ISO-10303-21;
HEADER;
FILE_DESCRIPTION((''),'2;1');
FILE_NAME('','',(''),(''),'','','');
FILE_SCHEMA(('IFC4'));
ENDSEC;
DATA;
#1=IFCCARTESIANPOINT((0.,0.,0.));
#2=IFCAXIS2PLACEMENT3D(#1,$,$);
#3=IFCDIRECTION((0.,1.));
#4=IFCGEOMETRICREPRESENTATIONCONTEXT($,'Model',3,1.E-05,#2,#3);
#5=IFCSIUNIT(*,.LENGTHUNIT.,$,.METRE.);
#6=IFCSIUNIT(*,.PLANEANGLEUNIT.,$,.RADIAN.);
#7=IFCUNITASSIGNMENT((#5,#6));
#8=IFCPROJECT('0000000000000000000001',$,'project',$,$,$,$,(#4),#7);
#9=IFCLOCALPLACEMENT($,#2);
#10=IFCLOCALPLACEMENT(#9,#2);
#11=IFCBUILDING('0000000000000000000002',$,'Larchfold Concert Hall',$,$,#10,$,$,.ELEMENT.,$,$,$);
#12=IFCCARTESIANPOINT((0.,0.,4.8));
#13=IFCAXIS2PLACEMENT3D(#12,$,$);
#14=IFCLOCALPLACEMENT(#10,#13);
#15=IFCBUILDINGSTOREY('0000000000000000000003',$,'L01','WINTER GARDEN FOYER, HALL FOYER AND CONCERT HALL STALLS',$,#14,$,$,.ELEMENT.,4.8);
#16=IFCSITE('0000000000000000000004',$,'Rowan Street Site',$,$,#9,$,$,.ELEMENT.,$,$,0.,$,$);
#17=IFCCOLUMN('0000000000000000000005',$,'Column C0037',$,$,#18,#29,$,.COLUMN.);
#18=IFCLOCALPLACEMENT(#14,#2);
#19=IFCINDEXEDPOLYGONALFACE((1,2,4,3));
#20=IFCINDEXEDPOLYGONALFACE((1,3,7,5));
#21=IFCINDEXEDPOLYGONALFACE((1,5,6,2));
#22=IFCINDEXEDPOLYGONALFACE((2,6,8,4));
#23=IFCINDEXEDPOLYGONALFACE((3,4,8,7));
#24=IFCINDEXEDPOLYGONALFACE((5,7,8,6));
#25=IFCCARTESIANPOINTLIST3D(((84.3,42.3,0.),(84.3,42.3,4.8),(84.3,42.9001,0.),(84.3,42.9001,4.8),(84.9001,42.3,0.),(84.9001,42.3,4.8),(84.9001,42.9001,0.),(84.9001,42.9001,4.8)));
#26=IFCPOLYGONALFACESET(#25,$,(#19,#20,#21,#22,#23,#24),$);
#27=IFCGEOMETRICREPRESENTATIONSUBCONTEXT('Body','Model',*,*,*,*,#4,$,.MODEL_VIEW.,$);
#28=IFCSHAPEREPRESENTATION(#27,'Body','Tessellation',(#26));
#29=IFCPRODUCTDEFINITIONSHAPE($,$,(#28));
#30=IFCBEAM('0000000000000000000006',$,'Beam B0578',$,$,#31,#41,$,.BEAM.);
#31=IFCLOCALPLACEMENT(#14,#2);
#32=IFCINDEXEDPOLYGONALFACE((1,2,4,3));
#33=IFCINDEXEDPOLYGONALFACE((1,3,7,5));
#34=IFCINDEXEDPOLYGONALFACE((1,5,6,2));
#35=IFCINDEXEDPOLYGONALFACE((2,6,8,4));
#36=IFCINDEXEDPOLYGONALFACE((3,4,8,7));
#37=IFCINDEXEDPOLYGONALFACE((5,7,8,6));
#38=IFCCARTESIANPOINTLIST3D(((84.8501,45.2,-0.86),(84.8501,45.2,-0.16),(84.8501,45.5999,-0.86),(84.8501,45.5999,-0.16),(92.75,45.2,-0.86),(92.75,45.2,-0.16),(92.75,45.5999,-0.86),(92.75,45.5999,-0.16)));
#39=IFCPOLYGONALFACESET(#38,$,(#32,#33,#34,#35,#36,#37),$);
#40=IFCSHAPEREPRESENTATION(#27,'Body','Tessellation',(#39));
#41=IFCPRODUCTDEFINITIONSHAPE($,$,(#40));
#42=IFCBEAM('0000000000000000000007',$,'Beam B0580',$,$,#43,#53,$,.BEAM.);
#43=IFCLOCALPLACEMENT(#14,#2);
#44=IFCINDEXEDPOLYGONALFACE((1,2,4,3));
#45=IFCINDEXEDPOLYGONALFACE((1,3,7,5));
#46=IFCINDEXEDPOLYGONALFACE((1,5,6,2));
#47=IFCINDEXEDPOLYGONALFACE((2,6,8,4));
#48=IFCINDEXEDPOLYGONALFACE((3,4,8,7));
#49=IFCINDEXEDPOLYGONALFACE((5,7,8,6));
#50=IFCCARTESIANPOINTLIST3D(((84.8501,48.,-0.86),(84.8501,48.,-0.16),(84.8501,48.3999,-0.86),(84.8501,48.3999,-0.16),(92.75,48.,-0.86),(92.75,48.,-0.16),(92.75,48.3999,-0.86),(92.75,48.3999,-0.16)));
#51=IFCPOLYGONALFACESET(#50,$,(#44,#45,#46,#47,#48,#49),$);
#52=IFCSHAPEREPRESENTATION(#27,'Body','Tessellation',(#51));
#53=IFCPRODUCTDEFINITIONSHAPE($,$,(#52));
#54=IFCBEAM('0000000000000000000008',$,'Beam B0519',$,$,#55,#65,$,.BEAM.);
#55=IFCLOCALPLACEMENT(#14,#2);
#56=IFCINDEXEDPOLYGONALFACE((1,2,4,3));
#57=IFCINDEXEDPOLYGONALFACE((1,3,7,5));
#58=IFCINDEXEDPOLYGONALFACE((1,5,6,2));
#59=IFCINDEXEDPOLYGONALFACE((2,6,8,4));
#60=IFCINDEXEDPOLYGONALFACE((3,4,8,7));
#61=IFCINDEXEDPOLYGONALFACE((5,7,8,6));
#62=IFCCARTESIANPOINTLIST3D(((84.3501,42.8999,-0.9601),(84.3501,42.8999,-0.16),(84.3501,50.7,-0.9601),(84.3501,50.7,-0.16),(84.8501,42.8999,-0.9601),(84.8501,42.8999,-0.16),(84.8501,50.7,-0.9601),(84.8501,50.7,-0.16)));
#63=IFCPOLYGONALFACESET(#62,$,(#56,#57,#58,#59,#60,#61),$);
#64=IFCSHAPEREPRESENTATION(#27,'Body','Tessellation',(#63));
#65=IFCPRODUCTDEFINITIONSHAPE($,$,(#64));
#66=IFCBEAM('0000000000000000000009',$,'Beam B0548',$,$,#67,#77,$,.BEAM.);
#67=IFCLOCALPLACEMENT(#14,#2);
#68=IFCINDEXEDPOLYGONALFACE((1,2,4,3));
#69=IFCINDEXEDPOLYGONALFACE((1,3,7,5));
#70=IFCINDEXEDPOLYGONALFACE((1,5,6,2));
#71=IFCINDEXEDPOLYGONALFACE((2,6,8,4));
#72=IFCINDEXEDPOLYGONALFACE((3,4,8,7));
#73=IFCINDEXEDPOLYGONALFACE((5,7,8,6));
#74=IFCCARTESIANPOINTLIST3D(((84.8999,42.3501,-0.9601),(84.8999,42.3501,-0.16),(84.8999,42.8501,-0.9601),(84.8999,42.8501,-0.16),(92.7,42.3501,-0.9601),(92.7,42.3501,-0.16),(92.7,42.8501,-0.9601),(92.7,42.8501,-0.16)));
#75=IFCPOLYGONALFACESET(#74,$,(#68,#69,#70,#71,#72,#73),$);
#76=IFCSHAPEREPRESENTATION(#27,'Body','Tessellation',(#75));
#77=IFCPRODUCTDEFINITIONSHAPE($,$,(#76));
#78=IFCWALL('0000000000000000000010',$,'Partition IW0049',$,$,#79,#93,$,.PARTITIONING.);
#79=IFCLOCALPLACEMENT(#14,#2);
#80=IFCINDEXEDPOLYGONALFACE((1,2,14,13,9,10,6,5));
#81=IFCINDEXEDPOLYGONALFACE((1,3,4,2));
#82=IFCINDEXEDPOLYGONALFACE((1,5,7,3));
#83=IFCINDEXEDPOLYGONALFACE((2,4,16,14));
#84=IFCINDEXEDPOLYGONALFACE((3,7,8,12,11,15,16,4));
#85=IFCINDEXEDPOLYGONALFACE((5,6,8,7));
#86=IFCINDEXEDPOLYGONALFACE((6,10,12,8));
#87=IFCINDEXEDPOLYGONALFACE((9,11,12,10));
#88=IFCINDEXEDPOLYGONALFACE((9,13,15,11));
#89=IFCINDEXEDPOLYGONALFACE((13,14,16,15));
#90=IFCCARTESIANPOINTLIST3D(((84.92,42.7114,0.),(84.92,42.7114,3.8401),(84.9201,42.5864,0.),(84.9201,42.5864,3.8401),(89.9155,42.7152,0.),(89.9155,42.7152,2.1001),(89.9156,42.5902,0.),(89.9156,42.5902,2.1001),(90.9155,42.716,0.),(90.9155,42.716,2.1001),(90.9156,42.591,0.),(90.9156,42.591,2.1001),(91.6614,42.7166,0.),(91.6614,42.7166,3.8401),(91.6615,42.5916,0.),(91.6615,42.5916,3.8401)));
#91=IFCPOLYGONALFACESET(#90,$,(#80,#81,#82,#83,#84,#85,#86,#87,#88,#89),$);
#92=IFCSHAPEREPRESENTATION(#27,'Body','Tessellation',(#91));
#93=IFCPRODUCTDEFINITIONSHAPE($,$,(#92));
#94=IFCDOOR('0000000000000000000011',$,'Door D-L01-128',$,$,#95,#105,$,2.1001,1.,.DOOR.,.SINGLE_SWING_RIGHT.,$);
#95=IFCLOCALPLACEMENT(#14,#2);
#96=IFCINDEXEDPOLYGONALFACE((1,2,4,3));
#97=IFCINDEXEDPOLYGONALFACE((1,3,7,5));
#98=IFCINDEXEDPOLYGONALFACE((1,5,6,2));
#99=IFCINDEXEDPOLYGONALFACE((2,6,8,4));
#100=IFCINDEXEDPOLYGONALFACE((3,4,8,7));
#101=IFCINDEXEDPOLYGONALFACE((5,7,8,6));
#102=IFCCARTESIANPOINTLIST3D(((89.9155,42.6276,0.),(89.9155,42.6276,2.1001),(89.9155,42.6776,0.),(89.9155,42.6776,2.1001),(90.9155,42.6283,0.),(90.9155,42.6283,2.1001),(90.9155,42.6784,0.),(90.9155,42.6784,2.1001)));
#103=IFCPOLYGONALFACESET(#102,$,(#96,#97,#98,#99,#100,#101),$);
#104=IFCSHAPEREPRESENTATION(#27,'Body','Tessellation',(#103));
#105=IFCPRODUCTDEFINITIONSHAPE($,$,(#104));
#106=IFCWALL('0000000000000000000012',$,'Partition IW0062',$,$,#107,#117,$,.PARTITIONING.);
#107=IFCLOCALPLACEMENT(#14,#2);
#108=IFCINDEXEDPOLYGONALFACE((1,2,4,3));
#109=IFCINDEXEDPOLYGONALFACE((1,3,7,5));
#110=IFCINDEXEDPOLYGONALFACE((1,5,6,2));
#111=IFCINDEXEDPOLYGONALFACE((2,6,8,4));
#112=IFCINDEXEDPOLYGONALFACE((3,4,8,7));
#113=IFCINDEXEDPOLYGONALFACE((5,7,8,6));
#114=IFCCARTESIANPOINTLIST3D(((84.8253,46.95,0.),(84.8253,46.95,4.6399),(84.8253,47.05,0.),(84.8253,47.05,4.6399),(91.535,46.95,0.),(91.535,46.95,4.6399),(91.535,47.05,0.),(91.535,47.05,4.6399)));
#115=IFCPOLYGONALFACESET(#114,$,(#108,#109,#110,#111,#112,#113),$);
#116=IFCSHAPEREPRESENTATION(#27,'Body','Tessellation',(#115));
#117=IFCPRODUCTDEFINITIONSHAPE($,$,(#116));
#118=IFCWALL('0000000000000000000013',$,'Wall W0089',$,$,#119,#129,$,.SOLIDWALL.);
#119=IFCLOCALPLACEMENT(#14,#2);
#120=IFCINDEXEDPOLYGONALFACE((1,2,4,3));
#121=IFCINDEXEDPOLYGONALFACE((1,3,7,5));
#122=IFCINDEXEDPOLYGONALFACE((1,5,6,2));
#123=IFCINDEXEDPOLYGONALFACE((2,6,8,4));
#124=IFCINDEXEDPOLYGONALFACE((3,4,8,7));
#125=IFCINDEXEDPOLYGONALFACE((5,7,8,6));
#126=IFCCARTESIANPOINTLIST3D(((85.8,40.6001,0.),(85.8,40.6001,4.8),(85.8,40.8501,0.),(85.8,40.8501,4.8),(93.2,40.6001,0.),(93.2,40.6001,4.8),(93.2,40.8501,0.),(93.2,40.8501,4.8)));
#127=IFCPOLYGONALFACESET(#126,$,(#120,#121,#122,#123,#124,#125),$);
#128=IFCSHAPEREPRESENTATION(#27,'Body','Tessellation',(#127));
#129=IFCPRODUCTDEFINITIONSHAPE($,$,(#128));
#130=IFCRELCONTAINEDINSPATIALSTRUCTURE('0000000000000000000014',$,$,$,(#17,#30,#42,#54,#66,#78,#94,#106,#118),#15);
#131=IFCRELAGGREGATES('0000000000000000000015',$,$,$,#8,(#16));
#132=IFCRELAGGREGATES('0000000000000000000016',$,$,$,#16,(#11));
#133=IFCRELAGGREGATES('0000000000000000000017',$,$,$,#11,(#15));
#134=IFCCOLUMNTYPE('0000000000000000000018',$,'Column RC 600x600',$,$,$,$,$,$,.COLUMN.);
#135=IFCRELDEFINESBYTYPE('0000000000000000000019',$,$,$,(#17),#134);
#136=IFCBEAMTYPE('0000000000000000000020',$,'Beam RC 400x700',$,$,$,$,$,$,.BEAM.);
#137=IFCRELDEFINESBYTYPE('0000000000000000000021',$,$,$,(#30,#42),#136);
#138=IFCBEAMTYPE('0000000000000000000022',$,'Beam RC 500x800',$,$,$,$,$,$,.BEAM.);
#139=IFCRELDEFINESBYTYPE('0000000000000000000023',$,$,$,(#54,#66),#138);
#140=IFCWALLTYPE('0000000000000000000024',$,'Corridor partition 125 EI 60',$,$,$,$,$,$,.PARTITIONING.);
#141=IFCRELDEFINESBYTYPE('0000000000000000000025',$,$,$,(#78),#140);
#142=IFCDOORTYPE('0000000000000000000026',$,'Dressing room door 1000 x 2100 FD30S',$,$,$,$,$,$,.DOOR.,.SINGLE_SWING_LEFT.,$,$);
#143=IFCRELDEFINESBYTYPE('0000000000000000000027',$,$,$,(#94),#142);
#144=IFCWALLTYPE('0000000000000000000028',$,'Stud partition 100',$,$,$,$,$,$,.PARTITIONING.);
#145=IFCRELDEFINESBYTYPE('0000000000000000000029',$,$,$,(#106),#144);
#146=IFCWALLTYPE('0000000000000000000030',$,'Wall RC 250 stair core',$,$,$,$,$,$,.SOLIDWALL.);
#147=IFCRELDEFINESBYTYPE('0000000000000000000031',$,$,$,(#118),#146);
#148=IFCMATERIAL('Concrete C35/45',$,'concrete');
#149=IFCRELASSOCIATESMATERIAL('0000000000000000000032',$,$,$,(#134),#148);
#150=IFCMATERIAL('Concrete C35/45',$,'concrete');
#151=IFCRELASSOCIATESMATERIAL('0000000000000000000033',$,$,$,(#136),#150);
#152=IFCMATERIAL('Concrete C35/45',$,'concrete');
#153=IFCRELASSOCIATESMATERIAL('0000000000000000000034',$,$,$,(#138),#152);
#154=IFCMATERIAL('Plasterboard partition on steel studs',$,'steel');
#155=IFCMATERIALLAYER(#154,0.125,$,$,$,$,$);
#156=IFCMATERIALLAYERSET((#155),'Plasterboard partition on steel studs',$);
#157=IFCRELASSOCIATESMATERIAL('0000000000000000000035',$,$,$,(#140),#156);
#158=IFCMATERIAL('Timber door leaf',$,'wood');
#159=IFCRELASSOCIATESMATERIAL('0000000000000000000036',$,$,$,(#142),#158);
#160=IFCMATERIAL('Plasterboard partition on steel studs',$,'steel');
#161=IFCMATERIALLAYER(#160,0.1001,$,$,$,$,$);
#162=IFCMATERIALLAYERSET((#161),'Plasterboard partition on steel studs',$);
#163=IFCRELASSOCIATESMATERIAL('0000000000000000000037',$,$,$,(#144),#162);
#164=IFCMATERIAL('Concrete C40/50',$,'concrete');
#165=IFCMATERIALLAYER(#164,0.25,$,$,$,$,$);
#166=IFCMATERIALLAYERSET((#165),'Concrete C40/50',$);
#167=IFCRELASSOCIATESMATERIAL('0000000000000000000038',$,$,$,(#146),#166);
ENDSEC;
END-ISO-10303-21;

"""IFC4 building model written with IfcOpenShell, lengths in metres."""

from ifc_helpers import new_model, si_unit, direction, frame, frame_2d, origin, origin_2d, place, context, subcontext, project, spatial, rectangle, extrude, material, layer, layer_set, material_profile, profile_set, type_object, element, fill, save


model = new_model("IFC4")

# Units and contexts
model_context = context("Model", 3, precision=1e-05, world=origin(), true_north=direction((0.0, 1.0)))
body_context = subcontext(model_context, "Body", "Model", "MODEL_VIEW")
ifc_project = project(units=[si_unit("LENGTHUNIT", "METRE"), si_unit("PLANEANGLEUNIT", "RADIAN")], contexts=[model_context])

# Site, building, storey
site_placement = place(None, origin())
site = spatial("IfcSite", under=ifc_project, at=site_placement, Name="Rowan Street Site", CompositionType="ELEMENT", RefElevation=0.0)
building_placement = place(site_placement, origin())
building = spatial("IfcBuilding", under=site, at=building_placement, Name="Larchfold Concert Hall", CompositionType="ELEMENT")
storey_placement = place(building_placement, frame((0.0, 0.0, 4.8)))
storey = spatial("IfcBuildingStorey", under=building, at=storey_placement, Name="L01", Description="WINTER GARDEN FOYER, HALL FOYER AND CONCERT HALL STALLS", CompositionType="ELEMENT", Elevation=4.8)

# Column
ifc_material_1 = material(Name="Concrete C35/45", Category="concrete")
ifc_material_profile_1 = material_profile(ifc_material_1, rectangle(XDim=0.6001, YDim=0.6001, at=origin_2d()))
ifc_profile_set_1 = profile_set([ifc_material_profile_1], Name="Concrete C35/45")
column_type = type_object("IfcColumnType", Name="Column RC 600x600", PredefinedType="COLUMN", material=ifc_profile_set_1)
column_placement = place(storey_placement, frame((84.6001, 42.6001, 0.0), z_axis=(0.0, 0.0, 1.0), x_axis=(1.0, 0.0, 0.0)))
element("IfcColumn", 1, at=column_placement, inside=storey, type_object=column_type, Name="Column C0037", PredefinedType="COLUMN", context=body_context, shape_type="SweptSolid", body=[
    extrude(rectangle(XDim=0.6001, YDim=0.6001, at=origin_2d()), origin(), (0.0, 0.0, 1.0), 4.8),
])

# Beams
ifc_material_2 = material(Name="Concrete C35/45", Category="concrete")
ifc_material_profile_2 = material_profile(ifc_material_2, rectangle(XDim=0.3999, YDim=0.7, at=origin_2d()))
ifc_profile_set_2 = profile_set([ifc_material_profile_2], Name="Concrete C35/45")
beam_type_1 = type_object("IfcBeamType", Name="Beam RC 400x700", PredefinedType="BEAM", material=ifc_profile_set_2)
for number, where, z_axis, x_axis, name in (
    (2, (84.8501, 45.3999, -0.51), (1.0, 0.0, 0.0), (0.0, 1.0, 0.0), "Beam B0578"),
    (3, (84.8501, 48.2, -0.51), (1.0, 0.0, 0.0), (0.0, 1.0, 0.0), "Beam B0580"),
):
    element("IfcBeam", number, at=place(storey_placement, frame(where, z_axis=z_axis, x_axis=x_axis)), inside=storey, type_object=beam_type_1, Name=name, PredefinedType="BEAM", context=body_context, shape_type="SweptSolid", body=[
        extrude(rectangle(XDim=0.3999, YDim=0.7, at=origin_2d()), origin(), (0.0, 0.0, 1.0), 7.8999),
    ])
ifc_material_3 = material(Name="Concrete C35/45", Category="concrete")
ifc_material_profile_3 = material_profile(ifc_material_3, rectangle(XDim=0.5, YDim=0.8, at=origin_2d()))
ifc_profile_set_3 = profile_set([ifc_material_profile_3], Name="Concrete C35/45")
beam_type_2 = type_object("IfcBeamType", Name="Beam RC 500x800", PredefinedType="BEAM", material=ifc_profile_set_3)
for number, where, z_axis, x_axis, name in (
    (4, (84.6001, 42.8999, -0.5601), (0.0, 1.0, 0.0), (-1.0, 0.0, 0.0), "Beam B0519"),
    (5, (84.8999, 42.6001, -0.5601), (1.0, 0.0, 0.0), (0.0, 1.0, 0.0), "Beam B0548"),
):
    element("IfcBeam", number, at=place(storey_placement, frame(where, z_axis=z_axis, x_axis=x_axis)), inside=storey, type_object=beam_type_2, Name=name, PredefinedType="BEAM", context=body_context, shape_type="SweptSolid", body=[
        extrude(rectangle(XDim=0.5, YDim=0.8, at=origin_2d()), origin(), (0.0, 0.0, 1.0), 7.8),
    ])

# Wall, opening, door
ifc_material_4 = material(Name="Plasterboard partition on steel studs", Category="steel")
ifc_layer_1 = layer(ifc_material_4, 0.125)
ifc_layer_set_1 = layer_set([ifc_layer_1], Name="Plasterboard partition on steel studs")
wall_type_1 = type_object("IfcWallType", Name="Corridor partition 125 EI 60", PredefinedType="PARTITIONING", material=ifc_layer_set_1)
wall_1_placement = place(storey_placement, frame((84.9202, 42.6489, 0.0), z_axis=(0.0, 0.0, 1.0), x_axis=(1.0, 0.000761, 0.0)))
wall_1 = element("IfcWall", 6, at=wall_1_placement, inside=storey, type_object=wall_type_1, Name="Partition IW0049", PredefinedType="PARTITIONING", context=body_context, shape_type="SweptSolid", body=[
    extrude(rectangle(XDim=6.7415, YDim=0.125, at=frame_2d((3.3706, 0.0))), origin(), (0.0, 0.0, 1.0), 3.8401),
])
opening_1_placement = place(wall_1_placement, frame((4.9954, 0.0, 0.0)))
opening_1 = element("IfcOpeningElement", 7, at=opening_1_placement, cuts=wall_1, PredefinedType="OPENING", context=body_context, shape_type="SweptSolid", body=[
    extrude(rectangle(XDim=1.0, YDim=2.1001, at=frame_2d((0.5, 1.05))), frame((0.0, 0.0725, 0.0), z_axis=(0.0, -1.0, 0.0), x_axis=(1.0, 0.0, 0.0)), (0.0, 0.0, 1.0), 0.145),
])
ifc_material_5 = material(Name="Timber door leaf", Category="wood")
door_type = type_object("IfcDoorType", Name="Dressing room door 1000 x 2100 FD30S", OperationType="SINGLE_SWING_LEFT", PredefinedType="DOOR", material=ifc_material_5)
door_placement = place(opening_1_placement, origin())
door = element("IfcDoor", 8, at=door_placement, inside=storey, type_object=door_type, Name="Door D-L01-128", OperationType="SINGLE_SWING_RIGHT", OverallHeight=2.1001, OverallWidth=1.0, PredefinedType="DOOR", context=body_context, shape_type="SweptSolid", body=[
    extrude(rectangle(XDim=1.0, YDim=2.1001, at=frame_2d((0.5, 1.05))), frame((0.0, 0.0249, 0.0), z_axis=(0.0, -1.0, 0.0), x_axis=(1.0, 0.0, 0.0)), (0.0, 0.0, 1.0), 0.05),
])
fill(opening_1, door)

# Walls
ifc_material_6 = material(Name="Plasterboard partition on steel studs", Category="steel")
ifc_layer_2 = layer(ifc_material_6, 0.1001)
ifc_layer_set_2 = layer_set([ifc_layer_2], Name="Plasterboard partition on steel studs")
wall_type_2 = type_object("IfcWallType", Name="Stud partition 100", PredefinedType="PARTITIONING", material=ifc_layer_set_2)
wall_2_placement = place(storey_placement, frame((84.8252, 47.0, 0.0), z_axis=(0.0, 0.0, 1.0), x_axis=(1.0, 0.0, 0.0)))
element("IfcWall", 9, at=wall_2_placement, inside=storey, type_object=wall_type_2, Name="Partition IW0062", PredefinedType="PARTITIONING", context=body_context, shape_type="SweptSolid", body=[
    extrude(rectangle(XDim=6.7097, YDim=0.1001, at=frame_2d((3.355, 0.0))), origin(), (0.0, 0.0, 1.0), 4.6399),
])
ifc_material_7 = material(Name="Concrete C40/50", Category="concrete")
ifc_layer_3 = layer(ifc_material_7, 0.25)
ifc_layer_set_3 = layer_set([ifc_layer_3], Name="Concrete C40/50")
wall_type_3 = type_object("IfcWallType", Name="Wall RC 250 stair core", PredefinedType="SOLIDWALL", material=ifc_layer_set_3)
wall_3_placement = place(storey_placement, frame((85.8, 40.7251, 0.0), z_axis=(0.0, 0.0, 1.0), x_axis=(1.0, 0.0, 0.0)))
element("IfcWall", 10, at=wall_3_placement, inside=storey, type_object=wall_type_3, Name="Wall W0089", PredefinedType="SOLIDWALL", context=body_context, shape_type="SweptSolid", body=[
    extrude(rectangle(XDim=7.3999, YDim=0.25, at=frame_2d((3.7, 0.0))), origin(), (0.0, 0.0, 1.0), 4.8),
])

save(model, "model.ifc")
